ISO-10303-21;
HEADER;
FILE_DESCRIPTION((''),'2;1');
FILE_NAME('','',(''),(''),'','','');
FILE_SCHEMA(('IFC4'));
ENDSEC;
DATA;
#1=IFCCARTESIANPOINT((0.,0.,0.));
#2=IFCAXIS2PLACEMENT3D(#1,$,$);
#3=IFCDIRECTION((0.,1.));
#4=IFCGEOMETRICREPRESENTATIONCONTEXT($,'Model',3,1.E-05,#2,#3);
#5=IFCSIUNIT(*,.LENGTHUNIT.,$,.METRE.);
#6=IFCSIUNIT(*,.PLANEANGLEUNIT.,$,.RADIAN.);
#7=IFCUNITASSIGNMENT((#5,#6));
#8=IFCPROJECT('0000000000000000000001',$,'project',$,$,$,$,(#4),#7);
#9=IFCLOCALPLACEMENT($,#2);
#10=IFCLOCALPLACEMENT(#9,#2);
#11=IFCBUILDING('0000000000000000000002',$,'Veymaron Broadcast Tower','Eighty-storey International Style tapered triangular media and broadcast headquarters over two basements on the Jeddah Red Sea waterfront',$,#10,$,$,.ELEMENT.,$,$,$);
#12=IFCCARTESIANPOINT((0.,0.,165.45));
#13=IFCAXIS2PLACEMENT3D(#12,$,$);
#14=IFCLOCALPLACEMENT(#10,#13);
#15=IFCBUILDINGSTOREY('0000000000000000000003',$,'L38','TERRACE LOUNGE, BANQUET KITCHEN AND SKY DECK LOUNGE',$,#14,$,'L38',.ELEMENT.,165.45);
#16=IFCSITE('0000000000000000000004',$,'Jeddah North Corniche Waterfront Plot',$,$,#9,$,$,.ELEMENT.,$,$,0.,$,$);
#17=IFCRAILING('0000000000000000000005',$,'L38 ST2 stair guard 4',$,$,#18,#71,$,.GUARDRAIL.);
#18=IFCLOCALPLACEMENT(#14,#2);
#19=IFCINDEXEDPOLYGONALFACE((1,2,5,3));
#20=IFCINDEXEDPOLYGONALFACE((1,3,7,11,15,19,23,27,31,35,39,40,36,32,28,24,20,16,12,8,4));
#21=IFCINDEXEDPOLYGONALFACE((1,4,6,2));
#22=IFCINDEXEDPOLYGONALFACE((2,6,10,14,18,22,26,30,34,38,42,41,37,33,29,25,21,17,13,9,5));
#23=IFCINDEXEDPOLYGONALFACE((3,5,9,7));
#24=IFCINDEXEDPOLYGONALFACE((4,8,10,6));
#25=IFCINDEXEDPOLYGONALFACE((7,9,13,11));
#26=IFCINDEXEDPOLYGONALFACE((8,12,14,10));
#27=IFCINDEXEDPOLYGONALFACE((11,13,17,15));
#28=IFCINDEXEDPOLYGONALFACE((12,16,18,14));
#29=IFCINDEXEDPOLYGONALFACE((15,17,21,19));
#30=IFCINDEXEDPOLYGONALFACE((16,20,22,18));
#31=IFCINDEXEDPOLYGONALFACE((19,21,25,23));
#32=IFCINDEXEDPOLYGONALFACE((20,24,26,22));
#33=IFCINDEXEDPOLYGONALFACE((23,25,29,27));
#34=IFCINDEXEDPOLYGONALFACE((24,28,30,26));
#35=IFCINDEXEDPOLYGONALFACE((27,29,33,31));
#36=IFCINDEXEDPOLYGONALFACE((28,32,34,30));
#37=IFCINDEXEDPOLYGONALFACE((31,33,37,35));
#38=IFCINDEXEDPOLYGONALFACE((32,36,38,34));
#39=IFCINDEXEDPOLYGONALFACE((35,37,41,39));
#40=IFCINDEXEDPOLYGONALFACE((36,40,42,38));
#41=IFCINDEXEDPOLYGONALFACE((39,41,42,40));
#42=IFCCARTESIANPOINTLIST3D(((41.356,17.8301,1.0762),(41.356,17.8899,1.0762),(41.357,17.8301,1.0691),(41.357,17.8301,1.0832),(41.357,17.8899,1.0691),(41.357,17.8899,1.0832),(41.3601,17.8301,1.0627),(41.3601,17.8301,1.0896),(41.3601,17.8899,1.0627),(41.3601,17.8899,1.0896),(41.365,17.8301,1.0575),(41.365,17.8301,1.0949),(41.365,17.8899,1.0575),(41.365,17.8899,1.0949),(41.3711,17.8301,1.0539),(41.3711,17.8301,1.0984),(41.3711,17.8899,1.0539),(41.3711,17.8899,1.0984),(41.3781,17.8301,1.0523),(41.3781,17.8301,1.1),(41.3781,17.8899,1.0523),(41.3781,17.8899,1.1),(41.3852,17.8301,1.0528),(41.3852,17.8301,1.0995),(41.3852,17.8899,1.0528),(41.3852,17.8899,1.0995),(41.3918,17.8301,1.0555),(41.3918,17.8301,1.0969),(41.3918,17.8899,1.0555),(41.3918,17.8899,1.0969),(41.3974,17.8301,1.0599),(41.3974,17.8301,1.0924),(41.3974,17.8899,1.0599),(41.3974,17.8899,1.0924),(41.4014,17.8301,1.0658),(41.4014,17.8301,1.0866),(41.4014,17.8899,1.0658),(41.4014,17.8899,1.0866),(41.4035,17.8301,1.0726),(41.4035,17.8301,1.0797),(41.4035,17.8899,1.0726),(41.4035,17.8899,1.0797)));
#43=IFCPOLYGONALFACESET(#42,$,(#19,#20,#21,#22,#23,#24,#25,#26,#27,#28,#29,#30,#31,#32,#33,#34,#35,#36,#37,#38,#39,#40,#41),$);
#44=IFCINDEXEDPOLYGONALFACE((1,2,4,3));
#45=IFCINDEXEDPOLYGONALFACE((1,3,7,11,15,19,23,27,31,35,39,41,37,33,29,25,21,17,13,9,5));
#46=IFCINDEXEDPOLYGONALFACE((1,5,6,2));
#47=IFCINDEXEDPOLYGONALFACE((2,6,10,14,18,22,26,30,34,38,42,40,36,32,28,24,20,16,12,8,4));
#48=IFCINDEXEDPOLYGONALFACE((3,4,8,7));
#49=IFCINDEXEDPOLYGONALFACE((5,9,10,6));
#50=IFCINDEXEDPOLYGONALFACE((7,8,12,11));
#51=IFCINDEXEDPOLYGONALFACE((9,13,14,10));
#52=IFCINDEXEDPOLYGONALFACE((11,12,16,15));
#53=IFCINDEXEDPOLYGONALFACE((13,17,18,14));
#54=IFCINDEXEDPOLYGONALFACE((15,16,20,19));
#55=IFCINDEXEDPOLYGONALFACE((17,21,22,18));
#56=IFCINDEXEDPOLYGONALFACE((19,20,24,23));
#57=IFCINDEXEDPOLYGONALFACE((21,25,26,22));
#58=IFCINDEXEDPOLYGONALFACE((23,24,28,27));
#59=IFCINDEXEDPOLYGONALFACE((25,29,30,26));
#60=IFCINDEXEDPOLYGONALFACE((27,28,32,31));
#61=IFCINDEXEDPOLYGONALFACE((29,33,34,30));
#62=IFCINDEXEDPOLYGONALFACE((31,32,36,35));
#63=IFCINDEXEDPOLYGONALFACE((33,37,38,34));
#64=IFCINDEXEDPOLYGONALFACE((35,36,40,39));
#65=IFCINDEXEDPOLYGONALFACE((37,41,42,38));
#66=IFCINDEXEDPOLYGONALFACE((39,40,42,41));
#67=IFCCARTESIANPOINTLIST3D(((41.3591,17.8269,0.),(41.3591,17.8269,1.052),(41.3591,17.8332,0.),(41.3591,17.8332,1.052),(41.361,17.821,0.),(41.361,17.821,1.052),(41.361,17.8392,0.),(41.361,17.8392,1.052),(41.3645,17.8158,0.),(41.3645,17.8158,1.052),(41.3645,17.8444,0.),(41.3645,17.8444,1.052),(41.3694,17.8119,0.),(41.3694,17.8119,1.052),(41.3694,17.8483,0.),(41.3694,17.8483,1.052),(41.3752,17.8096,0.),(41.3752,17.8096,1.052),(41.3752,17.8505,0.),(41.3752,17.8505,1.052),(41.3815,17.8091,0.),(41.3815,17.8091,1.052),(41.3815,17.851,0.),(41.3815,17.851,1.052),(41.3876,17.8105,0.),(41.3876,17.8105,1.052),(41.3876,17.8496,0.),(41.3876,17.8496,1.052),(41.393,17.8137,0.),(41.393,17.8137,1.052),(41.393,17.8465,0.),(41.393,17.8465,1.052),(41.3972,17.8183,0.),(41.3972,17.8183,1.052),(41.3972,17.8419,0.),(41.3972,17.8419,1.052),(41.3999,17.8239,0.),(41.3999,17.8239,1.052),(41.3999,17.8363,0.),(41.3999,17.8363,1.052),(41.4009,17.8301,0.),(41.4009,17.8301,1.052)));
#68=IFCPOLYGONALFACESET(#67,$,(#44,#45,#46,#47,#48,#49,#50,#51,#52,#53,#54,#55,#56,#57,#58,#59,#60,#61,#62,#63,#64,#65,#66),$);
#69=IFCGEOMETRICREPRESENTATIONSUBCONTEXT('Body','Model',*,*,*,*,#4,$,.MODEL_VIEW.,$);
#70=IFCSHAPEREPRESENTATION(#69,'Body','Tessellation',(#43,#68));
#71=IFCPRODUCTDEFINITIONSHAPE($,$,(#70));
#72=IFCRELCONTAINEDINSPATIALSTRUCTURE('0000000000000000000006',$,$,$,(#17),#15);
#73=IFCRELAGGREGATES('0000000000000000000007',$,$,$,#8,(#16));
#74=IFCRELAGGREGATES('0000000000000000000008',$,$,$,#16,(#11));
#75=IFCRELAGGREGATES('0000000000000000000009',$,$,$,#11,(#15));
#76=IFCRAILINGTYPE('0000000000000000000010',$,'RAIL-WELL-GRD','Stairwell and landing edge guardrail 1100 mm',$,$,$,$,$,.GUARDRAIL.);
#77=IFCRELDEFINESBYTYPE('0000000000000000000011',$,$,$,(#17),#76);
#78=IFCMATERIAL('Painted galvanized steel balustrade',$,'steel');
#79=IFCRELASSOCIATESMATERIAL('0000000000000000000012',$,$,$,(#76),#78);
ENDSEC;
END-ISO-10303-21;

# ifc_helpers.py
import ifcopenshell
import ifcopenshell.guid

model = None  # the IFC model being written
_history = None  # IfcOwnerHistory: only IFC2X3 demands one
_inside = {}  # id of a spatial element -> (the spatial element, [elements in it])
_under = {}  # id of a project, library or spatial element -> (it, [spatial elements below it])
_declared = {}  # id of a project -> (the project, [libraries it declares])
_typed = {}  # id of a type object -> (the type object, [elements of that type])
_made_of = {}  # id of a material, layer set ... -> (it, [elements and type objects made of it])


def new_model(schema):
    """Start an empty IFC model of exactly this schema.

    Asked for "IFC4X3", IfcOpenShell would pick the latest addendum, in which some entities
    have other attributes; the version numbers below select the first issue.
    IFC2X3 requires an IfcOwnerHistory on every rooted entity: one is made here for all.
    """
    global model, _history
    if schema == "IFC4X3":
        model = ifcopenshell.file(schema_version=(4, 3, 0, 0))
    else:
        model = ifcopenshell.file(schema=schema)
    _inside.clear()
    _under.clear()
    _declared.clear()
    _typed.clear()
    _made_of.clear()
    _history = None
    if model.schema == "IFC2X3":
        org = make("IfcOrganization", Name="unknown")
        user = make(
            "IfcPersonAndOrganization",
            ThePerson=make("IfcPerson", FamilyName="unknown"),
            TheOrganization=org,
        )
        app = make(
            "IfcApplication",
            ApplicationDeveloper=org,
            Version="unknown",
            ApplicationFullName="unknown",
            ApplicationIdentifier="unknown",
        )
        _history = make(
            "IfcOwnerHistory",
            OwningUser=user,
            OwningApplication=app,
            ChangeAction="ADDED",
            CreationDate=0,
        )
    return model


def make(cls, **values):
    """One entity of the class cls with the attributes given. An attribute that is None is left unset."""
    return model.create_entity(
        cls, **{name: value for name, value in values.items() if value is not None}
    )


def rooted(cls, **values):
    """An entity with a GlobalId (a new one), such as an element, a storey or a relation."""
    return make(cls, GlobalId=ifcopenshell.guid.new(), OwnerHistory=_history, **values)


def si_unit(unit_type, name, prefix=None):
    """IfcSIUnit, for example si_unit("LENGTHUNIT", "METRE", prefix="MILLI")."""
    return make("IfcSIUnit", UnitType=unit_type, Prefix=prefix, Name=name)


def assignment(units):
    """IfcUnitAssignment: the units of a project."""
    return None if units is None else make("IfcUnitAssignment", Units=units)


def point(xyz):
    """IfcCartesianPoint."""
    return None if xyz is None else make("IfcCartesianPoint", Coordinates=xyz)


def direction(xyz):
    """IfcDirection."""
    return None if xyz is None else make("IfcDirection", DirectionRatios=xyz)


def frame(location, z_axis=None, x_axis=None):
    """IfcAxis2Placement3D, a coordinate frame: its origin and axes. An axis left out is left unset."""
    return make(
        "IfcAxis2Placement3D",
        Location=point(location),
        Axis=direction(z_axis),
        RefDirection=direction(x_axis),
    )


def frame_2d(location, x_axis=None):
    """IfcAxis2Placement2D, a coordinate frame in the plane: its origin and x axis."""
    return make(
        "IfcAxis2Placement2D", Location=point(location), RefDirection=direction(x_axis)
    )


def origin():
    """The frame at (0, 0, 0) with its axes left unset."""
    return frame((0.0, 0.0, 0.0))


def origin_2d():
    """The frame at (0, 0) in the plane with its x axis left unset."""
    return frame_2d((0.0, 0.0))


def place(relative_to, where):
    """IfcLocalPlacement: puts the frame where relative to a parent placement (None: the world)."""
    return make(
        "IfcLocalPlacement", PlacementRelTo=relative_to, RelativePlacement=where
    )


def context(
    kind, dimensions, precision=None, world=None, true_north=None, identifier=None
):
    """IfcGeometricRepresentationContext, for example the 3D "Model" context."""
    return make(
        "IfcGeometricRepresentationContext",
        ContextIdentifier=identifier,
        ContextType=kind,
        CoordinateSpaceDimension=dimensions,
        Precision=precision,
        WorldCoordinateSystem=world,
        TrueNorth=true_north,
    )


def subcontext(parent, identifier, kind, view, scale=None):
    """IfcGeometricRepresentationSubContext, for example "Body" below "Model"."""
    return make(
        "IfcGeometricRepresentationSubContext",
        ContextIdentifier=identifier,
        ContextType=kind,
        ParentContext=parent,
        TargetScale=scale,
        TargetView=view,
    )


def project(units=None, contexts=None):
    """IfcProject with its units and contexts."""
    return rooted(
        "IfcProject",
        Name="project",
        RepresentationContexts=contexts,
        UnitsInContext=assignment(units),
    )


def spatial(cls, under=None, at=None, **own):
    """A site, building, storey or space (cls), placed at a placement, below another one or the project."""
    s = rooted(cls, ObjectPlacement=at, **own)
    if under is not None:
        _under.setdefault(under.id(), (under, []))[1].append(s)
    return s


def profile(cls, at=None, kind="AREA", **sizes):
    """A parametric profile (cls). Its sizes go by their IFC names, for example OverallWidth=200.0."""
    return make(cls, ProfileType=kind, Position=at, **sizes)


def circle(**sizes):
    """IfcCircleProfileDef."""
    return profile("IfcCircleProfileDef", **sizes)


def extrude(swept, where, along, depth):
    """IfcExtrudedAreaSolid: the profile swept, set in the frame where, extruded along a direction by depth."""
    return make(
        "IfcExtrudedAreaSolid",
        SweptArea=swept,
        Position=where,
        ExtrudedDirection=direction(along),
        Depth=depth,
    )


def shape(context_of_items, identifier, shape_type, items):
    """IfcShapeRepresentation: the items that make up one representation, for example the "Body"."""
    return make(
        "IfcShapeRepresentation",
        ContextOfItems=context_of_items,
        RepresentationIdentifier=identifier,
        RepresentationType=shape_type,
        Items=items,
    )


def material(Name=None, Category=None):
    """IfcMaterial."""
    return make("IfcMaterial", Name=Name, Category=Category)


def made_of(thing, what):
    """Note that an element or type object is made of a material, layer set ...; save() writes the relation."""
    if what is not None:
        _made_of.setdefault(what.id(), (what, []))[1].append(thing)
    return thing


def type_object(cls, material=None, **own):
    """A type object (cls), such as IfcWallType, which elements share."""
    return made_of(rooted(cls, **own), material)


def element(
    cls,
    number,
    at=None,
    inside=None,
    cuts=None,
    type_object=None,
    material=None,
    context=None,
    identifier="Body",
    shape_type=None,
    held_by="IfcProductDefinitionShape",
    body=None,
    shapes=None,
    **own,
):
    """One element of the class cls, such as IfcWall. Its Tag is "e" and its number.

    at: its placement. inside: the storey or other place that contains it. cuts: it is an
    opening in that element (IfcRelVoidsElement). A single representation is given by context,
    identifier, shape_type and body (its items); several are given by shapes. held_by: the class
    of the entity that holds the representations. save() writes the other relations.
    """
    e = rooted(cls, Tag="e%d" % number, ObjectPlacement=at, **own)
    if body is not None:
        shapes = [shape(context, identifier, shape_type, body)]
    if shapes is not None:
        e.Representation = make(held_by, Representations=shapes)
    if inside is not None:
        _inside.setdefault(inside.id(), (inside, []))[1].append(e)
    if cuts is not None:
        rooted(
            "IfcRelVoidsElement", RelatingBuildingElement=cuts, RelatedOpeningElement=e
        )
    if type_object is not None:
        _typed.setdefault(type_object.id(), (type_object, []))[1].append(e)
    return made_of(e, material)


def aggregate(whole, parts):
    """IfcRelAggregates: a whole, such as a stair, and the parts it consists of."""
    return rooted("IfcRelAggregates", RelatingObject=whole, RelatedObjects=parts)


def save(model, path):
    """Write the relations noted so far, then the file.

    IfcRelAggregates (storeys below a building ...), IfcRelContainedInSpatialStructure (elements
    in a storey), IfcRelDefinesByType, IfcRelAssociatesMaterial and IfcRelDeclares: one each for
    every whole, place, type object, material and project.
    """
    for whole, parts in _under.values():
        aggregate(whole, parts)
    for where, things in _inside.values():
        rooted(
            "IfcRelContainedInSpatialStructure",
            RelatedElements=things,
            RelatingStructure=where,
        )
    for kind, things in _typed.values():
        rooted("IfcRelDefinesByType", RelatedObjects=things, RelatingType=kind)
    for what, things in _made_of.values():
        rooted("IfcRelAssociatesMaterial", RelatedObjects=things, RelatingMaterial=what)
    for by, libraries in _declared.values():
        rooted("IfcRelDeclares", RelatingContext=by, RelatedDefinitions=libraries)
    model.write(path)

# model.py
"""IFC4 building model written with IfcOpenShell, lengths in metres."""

from ifc_helpers import new_model, si_unit, direction, frame, origin, origin_2d, place, context, subcontext, project, spatial, circle, extrude, material, type_object, element, save


model = new_model("IFC4")

# Units and contexts
model_context = context("Model", 3, precision=1e-05, world=origin(), true_north=direction((0.0, 1.0)))
body_context = subcontext(model_context, "Body", "Model", "MODEL_VIEW")
ifc_project = project(units=[si_unit("LENGTHUNIT", "METRE"), si_unit("PLANEANGLEUNIT", "RADIAN")], contexts=[model_context])

# Site, building, storey
site_placement = place(None, origin())
site = spatial("IfcSite", under=ifc_project, at=site_placement, Name="Jeddah North Corniche Waterfront Plot", CompositionType="ELEMENT", RefElevation=0.0)
building_placement = place(site_placement, origin())
building = spatial("IfcBuilding", under=site, at=building_placement, Name="Veymaron Broadcast Tower", Description="Eighty-storey International Style tapered triangular media and broadcast headquarters over two basements on the Jeddah Red Sea waterfront", CompositionType="ELEMENT")
storey_placement = place(building_placement, frame((0.0, 0.0, 165.45)))
storey = spatial("IfcBuildingStorey", under=building, at=storey_placement, Name="L38", Description="TERRACE LOUNGE, BANQUET KITCHEN AND SKY DECK LOUNGE", LongName="L38", CompositionType="ELEMENT", Elevation=165.45)

# Railing
ifc_material_1 = material(Name="Painted galvanized steel balustrade", Category="steel")
railing_type_1 = type_object("IfcRailingType", Name="RAIL-WELL-GRD", Description="Stairwell and landing edge guardrail 1100 mm", PredefinedType="GUARDRAIL", material=ifc_material_1)
railing_1_placement = place(storey_placement, frame((41.3799, 17.8301, 0.0)))
element("IfcRailing", 1, at=railing_1_placement, inside=storey, type_object=railing_type_1, Name="L38 ST2 stair guard 4", PredefinedType="GUARDRAIL", context=body_context, shape_type="SweptSolid", body=[
    extrude(circle(Radius=0.0239, at=origin_2d()), frame((0.0, 0.0, 1.0762), z_axis=(0.0, 1.0, 0.0), x_axis=(-1.0, 0.0, 0.0)), (0.0, 0.0, 1.0), 0.0598),
    extrude(circle(Radius=0.021, at=origin_2d()), origin(), (0.0, 0.0, 1.0), 1.052),
])

save(model, "model.ifc")
